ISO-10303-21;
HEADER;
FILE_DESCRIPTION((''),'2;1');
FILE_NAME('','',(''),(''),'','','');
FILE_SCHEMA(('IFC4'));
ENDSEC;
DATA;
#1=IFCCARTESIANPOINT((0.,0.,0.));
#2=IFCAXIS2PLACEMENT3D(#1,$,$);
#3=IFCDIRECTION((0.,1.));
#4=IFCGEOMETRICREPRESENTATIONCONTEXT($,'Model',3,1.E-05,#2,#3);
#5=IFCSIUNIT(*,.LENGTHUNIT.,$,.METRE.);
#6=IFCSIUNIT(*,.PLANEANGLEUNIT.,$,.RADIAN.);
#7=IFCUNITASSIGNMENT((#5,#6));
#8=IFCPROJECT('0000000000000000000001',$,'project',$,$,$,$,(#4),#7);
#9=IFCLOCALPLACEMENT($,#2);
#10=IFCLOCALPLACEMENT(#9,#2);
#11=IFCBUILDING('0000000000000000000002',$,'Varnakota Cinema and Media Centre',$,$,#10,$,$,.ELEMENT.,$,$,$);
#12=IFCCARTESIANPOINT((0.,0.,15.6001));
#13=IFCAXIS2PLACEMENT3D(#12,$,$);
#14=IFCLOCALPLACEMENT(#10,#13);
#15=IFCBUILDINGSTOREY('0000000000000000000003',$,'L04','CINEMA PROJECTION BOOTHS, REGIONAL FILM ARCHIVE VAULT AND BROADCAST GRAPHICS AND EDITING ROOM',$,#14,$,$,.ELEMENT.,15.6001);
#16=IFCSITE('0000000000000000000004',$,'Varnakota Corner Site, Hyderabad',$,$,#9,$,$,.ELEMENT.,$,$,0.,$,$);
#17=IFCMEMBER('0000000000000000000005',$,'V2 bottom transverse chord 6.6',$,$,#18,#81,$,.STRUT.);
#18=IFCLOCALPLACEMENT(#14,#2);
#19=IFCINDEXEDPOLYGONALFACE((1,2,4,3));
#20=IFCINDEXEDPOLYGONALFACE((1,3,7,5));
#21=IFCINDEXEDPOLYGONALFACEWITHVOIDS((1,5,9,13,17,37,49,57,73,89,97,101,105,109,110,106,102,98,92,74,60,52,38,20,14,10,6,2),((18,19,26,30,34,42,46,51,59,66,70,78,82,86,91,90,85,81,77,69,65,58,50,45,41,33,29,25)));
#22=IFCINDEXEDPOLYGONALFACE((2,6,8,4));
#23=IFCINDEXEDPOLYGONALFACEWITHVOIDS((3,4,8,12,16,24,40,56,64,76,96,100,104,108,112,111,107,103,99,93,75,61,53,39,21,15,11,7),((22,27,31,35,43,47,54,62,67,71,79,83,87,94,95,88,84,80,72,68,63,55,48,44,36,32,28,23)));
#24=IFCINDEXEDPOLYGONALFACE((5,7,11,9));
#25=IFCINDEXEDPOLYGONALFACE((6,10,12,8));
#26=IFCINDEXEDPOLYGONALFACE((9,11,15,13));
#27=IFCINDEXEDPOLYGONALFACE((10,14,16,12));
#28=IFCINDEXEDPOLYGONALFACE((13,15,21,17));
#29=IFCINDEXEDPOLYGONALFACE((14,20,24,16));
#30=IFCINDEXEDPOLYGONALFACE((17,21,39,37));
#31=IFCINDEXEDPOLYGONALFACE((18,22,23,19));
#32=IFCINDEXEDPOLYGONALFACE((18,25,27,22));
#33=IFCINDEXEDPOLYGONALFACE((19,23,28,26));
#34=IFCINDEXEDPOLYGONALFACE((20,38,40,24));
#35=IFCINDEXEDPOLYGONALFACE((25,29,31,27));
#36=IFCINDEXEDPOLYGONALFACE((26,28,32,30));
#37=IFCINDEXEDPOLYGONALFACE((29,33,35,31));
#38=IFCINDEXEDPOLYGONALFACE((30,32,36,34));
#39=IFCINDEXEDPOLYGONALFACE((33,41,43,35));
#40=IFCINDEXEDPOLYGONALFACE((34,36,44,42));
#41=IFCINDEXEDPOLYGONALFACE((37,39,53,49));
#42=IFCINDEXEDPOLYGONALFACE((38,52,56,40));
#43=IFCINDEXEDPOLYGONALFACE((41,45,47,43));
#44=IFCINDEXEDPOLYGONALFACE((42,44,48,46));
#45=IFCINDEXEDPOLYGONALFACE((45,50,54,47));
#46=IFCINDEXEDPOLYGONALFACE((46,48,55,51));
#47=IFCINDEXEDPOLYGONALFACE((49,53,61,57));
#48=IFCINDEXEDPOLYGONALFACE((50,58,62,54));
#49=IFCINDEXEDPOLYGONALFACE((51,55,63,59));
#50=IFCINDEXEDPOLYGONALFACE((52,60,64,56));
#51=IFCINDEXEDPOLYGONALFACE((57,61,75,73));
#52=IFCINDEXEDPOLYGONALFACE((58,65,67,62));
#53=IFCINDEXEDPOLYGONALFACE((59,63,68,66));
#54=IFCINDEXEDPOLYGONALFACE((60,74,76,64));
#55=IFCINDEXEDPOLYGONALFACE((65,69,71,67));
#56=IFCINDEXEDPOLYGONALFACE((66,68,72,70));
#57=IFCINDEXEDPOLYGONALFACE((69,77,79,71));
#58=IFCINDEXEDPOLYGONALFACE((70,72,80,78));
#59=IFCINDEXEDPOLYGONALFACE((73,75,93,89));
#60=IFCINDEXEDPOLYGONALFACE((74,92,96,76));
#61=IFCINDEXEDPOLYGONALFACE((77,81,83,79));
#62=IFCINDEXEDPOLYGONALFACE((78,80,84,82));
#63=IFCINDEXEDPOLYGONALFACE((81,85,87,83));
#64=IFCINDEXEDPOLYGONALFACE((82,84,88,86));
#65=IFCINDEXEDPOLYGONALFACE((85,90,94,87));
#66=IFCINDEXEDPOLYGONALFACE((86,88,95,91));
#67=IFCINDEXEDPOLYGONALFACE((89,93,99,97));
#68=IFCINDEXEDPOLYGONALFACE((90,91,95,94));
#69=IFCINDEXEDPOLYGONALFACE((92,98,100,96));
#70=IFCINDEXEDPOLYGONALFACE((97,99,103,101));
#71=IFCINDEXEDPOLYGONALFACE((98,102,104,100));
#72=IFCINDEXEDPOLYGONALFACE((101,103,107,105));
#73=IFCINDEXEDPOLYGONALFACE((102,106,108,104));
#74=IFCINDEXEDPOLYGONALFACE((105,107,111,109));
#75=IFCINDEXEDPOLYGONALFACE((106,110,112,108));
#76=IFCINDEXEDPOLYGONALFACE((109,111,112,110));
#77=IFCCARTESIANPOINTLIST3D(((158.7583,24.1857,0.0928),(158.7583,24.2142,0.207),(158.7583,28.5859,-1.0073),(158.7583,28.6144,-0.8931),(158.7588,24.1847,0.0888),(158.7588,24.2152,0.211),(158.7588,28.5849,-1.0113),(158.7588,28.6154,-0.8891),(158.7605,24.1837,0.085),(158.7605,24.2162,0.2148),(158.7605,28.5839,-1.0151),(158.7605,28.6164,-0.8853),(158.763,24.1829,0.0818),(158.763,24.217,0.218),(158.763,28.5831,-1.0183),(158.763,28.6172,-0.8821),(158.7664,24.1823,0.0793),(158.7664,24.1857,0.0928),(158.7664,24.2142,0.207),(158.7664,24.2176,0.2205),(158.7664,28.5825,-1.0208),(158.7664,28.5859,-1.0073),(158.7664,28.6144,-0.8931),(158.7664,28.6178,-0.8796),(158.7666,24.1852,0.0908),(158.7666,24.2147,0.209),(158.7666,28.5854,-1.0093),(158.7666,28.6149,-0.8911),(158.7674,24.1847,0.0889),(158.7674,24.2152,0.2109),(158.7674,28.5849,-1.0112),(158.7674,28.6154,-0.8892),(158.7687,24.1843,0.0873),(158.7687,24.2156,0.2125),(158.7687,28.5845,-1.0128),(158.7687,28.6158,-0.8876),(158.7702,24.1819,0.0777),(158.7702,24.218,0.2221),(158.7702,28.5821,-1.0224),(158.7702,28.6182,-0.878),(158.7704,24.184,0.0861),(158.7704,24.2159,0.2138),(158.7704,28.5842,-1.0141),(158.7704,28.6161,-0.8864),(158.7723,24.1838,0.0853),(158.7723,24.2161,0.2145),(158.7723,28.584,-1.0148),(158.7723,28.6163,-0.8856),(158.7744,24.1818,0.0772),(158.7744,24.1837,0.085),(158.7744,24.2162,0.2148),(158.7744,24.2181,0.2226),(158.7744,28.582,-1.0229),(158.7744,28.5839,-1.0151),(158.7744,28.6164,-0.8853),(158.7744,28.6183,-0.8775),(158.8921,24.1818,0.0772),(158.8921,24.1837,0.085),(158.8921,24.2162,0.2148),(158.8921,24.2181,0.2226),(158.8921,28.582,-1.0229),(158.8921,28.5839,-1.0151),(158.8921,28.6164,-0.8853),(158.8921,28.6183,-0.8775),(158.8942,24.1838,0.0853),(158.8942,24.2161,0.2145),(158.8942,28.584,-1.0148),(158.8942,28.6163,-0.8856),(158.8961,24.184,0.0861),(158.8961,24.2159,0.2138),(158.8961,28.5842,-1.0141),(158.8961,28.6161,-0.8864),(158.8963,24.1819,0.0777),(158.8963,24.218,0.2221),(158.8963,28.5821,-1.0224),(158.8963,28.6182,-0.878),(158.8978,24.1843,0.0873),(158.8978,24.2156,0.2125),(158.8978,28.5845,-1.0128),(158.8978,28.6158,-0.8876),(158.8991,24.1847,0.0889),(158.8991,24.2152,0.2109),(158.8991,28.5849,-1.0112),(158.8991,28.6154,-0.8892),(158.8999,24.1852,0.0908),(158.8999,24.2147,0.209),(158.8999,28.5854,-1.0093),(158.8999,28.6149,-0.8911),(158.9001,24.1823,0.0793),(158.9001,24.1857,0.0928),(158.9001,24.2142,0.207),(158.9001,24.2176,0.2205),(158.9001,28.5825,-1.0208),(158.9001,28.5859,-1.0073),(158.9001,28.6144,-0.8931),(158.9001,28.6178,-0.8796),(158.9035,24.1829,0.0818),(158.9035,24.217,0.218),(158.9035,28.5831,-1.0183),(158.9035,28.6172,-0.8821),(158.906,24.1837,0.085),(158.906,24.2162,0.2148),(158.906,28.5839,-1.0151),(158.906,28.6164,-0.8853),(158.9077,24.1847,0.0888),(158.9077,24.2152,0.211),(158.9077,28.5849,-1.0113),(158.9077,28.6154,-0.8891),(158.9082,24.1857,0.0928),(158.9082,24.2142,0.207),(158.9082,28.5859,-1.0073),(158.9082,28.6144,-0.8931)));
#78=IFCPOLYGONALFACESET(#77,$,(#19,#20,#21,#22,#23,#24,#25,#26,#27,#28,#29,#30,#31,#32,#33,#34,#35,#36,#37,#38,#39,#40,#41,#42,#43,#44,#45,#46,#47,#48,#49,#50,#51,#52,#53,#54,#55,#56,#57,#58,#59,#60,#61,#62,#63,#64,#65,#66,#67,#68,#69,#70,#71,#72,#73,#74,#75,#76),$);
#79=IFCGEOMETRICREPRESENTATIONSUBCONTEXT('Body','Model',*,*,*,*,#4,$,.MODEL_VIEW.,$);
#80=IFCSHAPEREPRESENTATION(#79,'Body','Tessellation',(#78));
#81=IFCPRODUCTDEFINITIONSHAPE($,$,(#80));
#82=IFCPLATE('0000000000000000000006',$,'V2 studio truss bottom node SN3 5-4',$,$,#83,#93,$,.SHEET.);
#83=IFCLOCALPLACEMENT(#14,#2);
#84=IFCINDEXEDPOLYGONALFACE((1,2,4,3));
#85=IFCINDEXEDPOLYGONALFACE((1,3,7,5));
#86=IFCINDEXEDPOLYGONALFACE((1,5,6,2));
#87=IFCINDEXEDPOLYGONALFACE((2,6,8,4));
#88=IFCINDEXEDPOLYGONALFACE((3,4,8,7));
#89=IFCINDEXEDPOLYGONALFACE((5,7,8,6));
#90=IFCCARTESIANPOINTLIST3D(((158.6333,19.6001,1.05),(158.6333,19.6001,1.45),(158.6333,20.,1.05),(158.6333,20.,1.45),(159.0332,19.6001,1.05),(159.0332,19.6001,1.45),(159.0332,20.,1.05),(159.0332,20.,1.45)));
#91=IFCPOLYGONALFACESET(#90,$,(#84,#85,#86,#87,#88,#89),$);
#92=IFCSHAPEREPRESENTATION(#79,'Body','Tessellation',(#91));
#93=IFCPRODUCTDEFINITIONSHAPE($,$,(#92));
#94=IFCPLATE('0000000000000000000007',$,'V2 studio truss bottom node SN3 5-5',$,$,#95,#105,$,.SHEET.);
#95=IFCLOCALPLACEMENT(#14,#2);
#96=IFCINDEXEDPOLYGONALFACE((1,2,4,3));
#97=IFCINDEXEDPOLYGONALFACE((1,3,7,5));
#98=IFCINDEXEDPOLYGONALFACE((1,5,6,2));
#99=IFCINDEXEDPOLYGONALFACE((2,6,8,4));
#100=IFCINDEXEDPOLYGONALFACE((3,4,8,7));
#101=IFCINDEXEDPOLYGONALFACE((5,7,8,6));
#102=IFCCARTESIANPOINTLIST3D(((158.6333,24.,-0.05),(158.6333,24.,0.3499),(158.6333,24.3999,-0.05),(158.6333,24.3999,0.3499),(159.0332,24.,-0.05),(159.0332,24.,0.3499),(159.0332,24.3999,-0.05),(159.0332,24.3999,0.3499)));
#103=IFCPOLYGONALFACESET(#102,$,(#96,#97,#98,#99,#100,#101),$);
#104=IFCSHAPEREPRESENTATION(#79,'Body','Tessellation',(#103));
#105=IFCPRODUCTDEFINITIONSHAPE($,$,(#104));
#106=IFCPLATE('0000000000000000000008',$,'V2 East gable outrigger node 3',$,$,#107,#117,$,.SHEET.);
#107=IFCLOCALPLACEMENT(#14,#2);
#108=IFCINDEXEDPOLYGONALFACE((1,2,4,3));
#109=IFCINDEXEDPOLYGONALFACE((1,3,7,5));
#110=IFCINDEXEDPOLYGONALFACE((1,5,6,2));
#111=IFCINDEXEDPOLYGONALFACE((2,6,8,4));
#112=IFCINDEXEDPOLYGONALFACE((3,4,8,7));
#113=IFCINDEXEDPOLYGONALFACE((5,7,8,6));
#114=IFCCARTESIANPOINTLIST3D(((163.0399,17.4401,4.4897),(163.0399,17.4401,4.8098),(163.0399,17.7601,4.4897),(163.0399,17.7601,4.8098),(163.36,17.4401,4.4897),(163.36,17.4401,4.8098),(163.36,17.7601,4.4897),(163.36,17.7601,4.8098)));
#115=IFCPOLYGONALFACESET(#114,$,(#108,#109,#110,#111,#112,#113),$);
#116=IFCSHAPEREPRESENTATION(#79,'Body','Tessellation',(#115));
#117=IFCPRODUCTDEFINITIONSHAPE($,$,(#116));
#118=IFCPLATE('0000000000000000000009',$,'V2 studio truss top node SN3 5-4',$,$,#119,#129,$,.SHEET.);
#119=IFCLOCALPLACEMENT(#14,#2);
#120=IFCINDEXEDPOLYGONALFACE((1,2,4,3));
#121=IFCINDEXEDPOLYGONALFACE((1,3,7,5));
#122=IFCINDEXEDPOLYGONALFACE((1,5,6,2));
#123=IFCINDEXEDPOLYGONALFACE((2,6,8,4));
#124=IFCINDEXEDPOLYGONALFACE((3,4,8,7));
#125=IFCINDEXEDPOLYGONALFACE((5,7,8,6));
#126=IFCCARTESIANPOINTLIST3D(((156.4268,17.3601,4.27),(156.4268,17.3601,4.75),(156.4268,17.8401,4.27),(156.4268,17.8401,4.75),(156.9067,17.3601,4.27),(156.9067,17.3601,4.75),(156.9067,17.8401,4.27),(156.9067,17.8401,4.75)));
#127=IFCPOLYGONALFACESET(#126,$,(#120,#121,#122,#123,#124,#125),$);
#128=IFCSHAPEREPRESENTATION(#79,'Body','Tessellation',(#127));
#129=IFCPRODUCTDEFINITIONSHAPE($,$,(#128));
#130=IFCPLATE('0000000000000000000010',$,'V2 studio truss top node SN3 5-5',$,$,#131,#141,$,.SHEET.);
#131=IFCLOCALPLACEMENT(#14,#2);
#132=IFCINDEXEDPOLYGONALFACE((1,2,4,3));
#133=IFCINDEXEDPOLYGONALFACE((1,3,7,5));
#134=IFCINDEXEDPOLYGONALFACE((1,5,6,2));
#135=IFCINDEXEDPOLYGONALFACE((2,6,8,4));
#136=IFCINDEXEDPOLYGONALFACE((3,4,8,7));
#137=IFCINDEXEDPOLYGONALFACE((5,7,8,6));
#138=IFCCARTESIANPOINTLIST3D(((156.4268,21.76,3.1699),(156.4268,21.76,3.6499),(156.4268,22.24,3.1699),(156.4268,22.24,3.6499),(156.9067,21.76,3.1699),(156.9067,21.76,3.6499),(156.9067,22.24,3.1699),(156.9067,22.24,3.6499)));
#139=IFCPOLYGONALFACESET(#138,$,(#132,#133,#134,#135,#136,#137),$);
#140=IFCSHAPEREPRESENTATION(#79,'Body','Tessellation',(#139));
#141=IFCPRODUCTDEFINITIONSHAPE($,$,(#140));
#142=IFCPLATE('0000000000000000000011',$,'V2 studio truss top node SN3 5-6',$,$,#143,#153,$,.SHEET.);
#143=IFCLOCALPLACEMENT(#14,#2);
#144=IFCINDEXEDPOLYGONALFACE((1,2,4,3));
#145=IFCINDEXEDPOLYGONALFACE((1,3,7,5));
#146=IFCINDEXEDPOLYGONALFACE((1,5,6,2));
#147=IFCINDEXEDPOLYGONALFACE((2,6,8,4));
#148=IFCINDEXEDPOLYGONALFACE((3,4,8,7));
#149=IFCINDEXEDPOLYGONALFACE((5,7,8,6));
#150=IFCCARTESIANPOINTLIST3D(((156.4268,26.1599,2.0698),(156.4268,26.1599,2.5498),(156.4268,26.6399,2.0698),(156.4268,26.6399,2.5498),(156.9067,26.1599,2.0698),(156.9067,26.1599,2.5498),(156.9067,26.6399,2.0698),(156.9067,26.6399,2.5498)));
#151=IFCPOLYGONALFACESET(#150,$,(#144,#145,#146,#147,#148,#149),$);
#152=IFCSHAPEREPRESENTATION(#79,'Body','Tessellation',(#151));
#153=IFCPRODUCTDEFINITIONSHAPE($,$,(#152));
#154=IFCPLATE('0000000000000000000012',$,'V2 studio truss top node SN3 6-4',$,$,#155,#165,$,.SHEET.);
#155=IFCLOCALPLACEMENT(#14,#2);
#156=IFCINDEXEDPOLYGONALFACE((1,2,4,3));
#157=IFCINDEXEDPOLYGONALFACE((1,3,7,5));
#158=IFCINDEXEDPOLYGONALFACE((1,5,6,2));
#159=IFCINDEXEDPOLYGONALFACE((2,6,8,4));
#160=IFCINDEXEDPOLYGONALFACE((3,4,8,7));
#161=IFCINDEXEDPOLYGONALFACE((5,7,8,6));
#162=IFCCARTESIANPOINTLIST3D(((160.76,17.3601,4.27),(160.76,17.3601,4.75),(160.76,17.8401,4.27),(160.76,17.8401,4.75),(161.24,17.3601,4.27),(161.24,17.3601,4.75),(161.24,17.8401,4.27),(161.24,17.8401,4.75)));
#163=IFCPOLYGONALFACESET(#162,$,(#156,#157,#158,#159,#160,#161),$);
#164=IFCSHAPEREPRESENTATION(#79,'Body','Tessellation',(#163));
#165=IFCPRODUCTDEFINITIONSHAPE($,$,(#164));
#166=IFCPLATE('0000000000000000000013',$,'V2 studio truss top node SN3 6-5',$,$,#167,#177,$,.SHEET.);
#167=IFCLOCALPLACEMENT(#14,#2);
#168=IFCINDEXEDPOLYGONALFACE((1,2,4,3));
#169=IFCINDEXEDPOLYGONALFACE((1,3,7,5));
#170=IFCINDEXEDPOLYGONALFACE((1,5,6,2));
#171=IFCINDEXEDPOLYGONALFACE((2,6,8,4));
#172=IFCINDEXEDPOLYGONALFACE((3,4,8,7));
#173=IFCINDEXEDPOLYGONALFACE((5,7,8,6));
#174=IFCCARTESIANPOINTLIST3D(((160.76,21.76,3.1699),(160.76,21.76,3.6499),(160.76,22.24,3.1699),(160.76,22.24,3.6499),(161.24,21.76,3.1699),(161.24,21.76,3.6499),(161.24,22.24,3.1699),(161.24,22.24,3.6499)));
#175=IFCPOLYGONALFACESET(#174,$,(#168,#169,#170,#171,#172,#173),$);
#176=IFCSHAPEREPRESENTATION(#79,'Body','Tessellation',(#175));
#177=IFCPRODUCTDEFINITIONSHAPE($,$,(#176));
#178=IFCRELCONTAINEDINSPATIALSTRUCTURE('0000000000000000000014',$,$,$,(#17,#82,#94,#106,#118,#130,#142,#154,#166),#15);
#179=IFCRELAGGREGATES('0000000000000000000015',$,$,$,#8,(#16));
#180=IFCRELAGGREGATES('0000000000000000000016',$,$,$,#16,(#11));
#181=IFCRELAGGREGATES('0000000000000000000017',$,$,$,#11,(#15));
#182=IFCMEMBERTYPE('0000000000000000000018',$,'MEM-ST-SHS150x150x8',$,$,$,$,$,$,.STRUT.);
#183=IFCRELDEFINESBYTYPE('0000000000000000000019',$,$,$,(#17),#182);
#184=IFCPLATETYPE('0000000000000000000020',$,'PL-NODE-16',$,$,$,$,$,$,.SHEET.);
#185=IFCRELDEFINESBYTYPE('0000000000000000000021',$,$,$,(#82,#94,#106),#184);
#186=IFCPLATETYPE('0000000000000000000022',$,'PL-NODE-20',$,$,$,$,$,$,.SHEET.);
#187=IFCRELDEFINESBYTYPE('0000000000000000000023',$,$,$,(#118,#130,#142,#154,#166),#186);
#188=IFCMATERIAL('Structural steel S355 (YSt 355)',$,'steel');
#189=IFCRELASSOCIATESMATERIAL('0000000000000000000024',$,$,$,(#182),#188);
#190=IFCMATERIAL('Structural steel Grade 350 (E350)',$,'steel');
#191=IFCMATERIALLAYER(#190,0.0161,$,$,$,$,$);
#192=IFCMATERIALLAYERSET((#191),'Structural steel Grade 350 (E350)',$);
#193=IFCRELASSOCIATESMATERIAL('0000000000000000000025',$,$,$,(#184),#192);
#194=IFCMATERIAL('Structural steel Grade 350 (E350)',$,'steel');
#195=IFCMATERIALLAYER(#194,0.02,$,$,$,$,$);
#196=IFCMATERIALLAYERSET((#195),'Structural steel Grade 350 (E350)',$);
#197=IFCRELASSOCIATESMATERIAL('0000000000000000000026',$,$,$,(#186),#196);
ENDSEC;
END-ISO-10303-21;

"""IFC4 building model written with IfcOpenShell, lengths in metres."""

from ifc_helpers import new_model, si_unit, direction, frame, origin, origin_2d, place, context, subcontext, project, spatial, rectangle, hollow_rectangle, extrude, material, layer, layer_set, material_profile, profile_set, type_object, element, save


model = new_model("IFC4")

# Units and contexts
model_context = context("Model", 3, precision=1e-05, world=origin(), true_north=direction((0.0, 1.0)))
body_context = subcontext(model_context, "Body", "Model", "MODEL_VIEW")
ifc_project = project(units=[si_unit("LENGTHUNIT", "METRE"), si_unit("PLANEANGLEUNIT", "RADIAN")], contexts=[model_context])

# Site, building, storey
site_placement = place(None, origin())
site = spatial("IfcSite", under=ifc_project, at=site_placement, Name="Varnakota Corner Site, Hyderabad", CompositionType="ELEMENT", RefElevation=0.0)
building_placement = place(site_placement, origin())
building = spatial("IfcBuilding", under=site, at=building_placement, Name="Varnakota Cinema and Media Centre", CompositionType="ELEMENT")
storey_placement = place(building_placement, frame((0.0, 0.0, 15.6001)))
storey = spatial("IfcBuildingStorey", under=building, at=storey_placement, Name="L04", Description="CINEMA PROJECTION BOOTHS, REGIONAL FILM ARCHIVE VAULT AND BROADCAST GRAPHICS AND EDITING ROOM", CompositionType="ELEMENT", Elevation=15.6001)

# Member
ifc_material_1 = material(Name="Structural steel S355 (YSt 355)", Category="steel")
ifc_material_profile_1 = material_profile(ifc_material_1, hollow_rectangle(XDim=0.1499, YDim=0.1499, WallThickness=0.0081, InnerFilletRadius=0.0081, OuterFilletRadius=0.0161, at=origin_2d()), Name="SHS 150x150x8")
ifc_profile_set_1 = profile_set([ifc_material_profile_1], Name="Structural steel S355 (YSt 355)")
member_type_1 = type_object("IfcMemberType", Name="MEM-ST-SHS150x150x8", PredefinedType="STRUT", material=ifc_profile_set_1)
member_1_placement = place(storey_placement, frame((158.8333, 24.2, 0.1499), z_axis=(0.0, 0.970139, -0.242548), x_axis=(-1.0, 0.0, 0.0)))
element("IfcMember", 1, at=member_1_placement, inside=storey, type_object=member_type_1, Name="V2 bottom transverse chord 6.6", PredefinedType="STRUT", context=body_context, shape_type="SweptSolid", body=[
    extrude(hollow_rectangle(XDim=0.1499, YDim=0.1499, WallThickness=0.0081, InnerFilletRadius=0.0081, OuterFilletRadius=0.0161, at=origin_2d()), origin(), (0.0, 0.0, 1.0), 4.5356),
])

# Plates
ifc_material_2 = material(Name="Structural steel Grade 350 (E350)", Category="steel")
ifc_layer_1 = layer(ifc_material_2, 0.0161)
ifc_layer_set_1 = layer_set([ifc_layer_1], Name="Structural steel Grade 350 (E350)")
plate_type_1 = type_object("IfcPlateType", Name="PL-NODE-16", PredefinedType="SHEET", material=ifc_layer_set_1)
for number, where, z_axis, x_axis, name in (
    (2, (158.8333, 19.8, 1.05), (0.0, 0.0, 1.0), (1.0, 0.0, 0.0), "V2 studio truss bottom node SN3 5-4"),
    (3, (158.8333, 24.2, -0.05), (0.0, 0.0, 1.0), (1.0, 0.0, 0.0), "V2 studio truss bottom node SN3 5-5"),
):
    element("IfcPlate", number, at=place(storey_placement, frame(where, z_axis=z_axis, x_axis=x_axis)), inside=storey, type_object=plate_type_1, Name=name, PredefinedType="SHEET", context=body_context, shape_type="SweptSolid", body=[
        extrude(rectangle(XDim=0.3999, YDim=0.3999, at=origin_2d()), origin(), (0.0, 0.0, 1.0), 0.3999),
    ])
plate_placement = place(storey_placement, frame((163.2, 17.6001, 4.4897), z_axis=(0.0, 0.0, 1.0), x_axis=(1.0, 0.0, 0.0)))
element("IfcPlate", 4, at=plate_placement, inside=storey, type_object=plate_type_1, Name="V2 East gable outrigger node 3", PredefinedType="SHEET", context=body_context, shape_type="SweptSolid", body=[
    extrude(rectangle(XDim=0.3201, YDim=0.3201, at=origin_2d()), origin(), (0.0, 0.0, 1.0), 0.3201),
])
ifc_material_3 = material(Name="Structural steel Grade 350 (E350)", Category="steel")
ifc_layer_2 = layer(ifc_material_3, 0.02)
ifc_layer_set_2 = layer_set([ifc_layer_2], Name="Structural steel Grade 350 (E350)")
plate_type_2 = type_object("IfcPlateType", Name="PL-NODE-20", PredefinedType="SHEET", material=ifc_layer_set_2)
for number, where, z_axis, x_axis, name in (
    (5, (156.6667, 17.6001, 4.27), (0.0, 0.0, 1.0), (1.0, 0.0, 0.0), "V2 studio truss top node SN3 5-4"),
    (6, (156.6667, 22.0, 3.1699), (0.0, 0.0, 1.0), (1.0, 0.0, 0.0), "V2 studio truss top node SN3 5-5"),
    (7, (156.6667, 26.3999, 2.0698), (0.0, 0.0, 1.0), (1.0, 0.0, 0.0), "V2 studio truss top node SN3 5-6"),
    (8, (161.0, 17.6001, 4.27), (0.0, 0.0, 1.0), (1.0, 0.0, 0.0), "V2 studio truss top node SN3 6-4"),
    (9, (161.0, 22.0, 3.1699), (0.0, 0.0, 1.0), (1.0, 0.0, 0.0), "V2 studio truss top node SN3 6-5"),
):
    element("IfcPlate", number, at=place(storey_placement, frame(where, z_axis=z_axis, x_axis=x_axis)), inside=storey, type_object=plate_type_2, Name=name, PredefinedType="SHEET", context=body_context, shape_type="SweptSolid", body=[
        extrude(rectangle(XDim=0.48, YDim=0.48, at=origin_2d()), origin(), (0.0, 0.0, 1.0), 0.48),
    ])

save(model, "model.ifc")
